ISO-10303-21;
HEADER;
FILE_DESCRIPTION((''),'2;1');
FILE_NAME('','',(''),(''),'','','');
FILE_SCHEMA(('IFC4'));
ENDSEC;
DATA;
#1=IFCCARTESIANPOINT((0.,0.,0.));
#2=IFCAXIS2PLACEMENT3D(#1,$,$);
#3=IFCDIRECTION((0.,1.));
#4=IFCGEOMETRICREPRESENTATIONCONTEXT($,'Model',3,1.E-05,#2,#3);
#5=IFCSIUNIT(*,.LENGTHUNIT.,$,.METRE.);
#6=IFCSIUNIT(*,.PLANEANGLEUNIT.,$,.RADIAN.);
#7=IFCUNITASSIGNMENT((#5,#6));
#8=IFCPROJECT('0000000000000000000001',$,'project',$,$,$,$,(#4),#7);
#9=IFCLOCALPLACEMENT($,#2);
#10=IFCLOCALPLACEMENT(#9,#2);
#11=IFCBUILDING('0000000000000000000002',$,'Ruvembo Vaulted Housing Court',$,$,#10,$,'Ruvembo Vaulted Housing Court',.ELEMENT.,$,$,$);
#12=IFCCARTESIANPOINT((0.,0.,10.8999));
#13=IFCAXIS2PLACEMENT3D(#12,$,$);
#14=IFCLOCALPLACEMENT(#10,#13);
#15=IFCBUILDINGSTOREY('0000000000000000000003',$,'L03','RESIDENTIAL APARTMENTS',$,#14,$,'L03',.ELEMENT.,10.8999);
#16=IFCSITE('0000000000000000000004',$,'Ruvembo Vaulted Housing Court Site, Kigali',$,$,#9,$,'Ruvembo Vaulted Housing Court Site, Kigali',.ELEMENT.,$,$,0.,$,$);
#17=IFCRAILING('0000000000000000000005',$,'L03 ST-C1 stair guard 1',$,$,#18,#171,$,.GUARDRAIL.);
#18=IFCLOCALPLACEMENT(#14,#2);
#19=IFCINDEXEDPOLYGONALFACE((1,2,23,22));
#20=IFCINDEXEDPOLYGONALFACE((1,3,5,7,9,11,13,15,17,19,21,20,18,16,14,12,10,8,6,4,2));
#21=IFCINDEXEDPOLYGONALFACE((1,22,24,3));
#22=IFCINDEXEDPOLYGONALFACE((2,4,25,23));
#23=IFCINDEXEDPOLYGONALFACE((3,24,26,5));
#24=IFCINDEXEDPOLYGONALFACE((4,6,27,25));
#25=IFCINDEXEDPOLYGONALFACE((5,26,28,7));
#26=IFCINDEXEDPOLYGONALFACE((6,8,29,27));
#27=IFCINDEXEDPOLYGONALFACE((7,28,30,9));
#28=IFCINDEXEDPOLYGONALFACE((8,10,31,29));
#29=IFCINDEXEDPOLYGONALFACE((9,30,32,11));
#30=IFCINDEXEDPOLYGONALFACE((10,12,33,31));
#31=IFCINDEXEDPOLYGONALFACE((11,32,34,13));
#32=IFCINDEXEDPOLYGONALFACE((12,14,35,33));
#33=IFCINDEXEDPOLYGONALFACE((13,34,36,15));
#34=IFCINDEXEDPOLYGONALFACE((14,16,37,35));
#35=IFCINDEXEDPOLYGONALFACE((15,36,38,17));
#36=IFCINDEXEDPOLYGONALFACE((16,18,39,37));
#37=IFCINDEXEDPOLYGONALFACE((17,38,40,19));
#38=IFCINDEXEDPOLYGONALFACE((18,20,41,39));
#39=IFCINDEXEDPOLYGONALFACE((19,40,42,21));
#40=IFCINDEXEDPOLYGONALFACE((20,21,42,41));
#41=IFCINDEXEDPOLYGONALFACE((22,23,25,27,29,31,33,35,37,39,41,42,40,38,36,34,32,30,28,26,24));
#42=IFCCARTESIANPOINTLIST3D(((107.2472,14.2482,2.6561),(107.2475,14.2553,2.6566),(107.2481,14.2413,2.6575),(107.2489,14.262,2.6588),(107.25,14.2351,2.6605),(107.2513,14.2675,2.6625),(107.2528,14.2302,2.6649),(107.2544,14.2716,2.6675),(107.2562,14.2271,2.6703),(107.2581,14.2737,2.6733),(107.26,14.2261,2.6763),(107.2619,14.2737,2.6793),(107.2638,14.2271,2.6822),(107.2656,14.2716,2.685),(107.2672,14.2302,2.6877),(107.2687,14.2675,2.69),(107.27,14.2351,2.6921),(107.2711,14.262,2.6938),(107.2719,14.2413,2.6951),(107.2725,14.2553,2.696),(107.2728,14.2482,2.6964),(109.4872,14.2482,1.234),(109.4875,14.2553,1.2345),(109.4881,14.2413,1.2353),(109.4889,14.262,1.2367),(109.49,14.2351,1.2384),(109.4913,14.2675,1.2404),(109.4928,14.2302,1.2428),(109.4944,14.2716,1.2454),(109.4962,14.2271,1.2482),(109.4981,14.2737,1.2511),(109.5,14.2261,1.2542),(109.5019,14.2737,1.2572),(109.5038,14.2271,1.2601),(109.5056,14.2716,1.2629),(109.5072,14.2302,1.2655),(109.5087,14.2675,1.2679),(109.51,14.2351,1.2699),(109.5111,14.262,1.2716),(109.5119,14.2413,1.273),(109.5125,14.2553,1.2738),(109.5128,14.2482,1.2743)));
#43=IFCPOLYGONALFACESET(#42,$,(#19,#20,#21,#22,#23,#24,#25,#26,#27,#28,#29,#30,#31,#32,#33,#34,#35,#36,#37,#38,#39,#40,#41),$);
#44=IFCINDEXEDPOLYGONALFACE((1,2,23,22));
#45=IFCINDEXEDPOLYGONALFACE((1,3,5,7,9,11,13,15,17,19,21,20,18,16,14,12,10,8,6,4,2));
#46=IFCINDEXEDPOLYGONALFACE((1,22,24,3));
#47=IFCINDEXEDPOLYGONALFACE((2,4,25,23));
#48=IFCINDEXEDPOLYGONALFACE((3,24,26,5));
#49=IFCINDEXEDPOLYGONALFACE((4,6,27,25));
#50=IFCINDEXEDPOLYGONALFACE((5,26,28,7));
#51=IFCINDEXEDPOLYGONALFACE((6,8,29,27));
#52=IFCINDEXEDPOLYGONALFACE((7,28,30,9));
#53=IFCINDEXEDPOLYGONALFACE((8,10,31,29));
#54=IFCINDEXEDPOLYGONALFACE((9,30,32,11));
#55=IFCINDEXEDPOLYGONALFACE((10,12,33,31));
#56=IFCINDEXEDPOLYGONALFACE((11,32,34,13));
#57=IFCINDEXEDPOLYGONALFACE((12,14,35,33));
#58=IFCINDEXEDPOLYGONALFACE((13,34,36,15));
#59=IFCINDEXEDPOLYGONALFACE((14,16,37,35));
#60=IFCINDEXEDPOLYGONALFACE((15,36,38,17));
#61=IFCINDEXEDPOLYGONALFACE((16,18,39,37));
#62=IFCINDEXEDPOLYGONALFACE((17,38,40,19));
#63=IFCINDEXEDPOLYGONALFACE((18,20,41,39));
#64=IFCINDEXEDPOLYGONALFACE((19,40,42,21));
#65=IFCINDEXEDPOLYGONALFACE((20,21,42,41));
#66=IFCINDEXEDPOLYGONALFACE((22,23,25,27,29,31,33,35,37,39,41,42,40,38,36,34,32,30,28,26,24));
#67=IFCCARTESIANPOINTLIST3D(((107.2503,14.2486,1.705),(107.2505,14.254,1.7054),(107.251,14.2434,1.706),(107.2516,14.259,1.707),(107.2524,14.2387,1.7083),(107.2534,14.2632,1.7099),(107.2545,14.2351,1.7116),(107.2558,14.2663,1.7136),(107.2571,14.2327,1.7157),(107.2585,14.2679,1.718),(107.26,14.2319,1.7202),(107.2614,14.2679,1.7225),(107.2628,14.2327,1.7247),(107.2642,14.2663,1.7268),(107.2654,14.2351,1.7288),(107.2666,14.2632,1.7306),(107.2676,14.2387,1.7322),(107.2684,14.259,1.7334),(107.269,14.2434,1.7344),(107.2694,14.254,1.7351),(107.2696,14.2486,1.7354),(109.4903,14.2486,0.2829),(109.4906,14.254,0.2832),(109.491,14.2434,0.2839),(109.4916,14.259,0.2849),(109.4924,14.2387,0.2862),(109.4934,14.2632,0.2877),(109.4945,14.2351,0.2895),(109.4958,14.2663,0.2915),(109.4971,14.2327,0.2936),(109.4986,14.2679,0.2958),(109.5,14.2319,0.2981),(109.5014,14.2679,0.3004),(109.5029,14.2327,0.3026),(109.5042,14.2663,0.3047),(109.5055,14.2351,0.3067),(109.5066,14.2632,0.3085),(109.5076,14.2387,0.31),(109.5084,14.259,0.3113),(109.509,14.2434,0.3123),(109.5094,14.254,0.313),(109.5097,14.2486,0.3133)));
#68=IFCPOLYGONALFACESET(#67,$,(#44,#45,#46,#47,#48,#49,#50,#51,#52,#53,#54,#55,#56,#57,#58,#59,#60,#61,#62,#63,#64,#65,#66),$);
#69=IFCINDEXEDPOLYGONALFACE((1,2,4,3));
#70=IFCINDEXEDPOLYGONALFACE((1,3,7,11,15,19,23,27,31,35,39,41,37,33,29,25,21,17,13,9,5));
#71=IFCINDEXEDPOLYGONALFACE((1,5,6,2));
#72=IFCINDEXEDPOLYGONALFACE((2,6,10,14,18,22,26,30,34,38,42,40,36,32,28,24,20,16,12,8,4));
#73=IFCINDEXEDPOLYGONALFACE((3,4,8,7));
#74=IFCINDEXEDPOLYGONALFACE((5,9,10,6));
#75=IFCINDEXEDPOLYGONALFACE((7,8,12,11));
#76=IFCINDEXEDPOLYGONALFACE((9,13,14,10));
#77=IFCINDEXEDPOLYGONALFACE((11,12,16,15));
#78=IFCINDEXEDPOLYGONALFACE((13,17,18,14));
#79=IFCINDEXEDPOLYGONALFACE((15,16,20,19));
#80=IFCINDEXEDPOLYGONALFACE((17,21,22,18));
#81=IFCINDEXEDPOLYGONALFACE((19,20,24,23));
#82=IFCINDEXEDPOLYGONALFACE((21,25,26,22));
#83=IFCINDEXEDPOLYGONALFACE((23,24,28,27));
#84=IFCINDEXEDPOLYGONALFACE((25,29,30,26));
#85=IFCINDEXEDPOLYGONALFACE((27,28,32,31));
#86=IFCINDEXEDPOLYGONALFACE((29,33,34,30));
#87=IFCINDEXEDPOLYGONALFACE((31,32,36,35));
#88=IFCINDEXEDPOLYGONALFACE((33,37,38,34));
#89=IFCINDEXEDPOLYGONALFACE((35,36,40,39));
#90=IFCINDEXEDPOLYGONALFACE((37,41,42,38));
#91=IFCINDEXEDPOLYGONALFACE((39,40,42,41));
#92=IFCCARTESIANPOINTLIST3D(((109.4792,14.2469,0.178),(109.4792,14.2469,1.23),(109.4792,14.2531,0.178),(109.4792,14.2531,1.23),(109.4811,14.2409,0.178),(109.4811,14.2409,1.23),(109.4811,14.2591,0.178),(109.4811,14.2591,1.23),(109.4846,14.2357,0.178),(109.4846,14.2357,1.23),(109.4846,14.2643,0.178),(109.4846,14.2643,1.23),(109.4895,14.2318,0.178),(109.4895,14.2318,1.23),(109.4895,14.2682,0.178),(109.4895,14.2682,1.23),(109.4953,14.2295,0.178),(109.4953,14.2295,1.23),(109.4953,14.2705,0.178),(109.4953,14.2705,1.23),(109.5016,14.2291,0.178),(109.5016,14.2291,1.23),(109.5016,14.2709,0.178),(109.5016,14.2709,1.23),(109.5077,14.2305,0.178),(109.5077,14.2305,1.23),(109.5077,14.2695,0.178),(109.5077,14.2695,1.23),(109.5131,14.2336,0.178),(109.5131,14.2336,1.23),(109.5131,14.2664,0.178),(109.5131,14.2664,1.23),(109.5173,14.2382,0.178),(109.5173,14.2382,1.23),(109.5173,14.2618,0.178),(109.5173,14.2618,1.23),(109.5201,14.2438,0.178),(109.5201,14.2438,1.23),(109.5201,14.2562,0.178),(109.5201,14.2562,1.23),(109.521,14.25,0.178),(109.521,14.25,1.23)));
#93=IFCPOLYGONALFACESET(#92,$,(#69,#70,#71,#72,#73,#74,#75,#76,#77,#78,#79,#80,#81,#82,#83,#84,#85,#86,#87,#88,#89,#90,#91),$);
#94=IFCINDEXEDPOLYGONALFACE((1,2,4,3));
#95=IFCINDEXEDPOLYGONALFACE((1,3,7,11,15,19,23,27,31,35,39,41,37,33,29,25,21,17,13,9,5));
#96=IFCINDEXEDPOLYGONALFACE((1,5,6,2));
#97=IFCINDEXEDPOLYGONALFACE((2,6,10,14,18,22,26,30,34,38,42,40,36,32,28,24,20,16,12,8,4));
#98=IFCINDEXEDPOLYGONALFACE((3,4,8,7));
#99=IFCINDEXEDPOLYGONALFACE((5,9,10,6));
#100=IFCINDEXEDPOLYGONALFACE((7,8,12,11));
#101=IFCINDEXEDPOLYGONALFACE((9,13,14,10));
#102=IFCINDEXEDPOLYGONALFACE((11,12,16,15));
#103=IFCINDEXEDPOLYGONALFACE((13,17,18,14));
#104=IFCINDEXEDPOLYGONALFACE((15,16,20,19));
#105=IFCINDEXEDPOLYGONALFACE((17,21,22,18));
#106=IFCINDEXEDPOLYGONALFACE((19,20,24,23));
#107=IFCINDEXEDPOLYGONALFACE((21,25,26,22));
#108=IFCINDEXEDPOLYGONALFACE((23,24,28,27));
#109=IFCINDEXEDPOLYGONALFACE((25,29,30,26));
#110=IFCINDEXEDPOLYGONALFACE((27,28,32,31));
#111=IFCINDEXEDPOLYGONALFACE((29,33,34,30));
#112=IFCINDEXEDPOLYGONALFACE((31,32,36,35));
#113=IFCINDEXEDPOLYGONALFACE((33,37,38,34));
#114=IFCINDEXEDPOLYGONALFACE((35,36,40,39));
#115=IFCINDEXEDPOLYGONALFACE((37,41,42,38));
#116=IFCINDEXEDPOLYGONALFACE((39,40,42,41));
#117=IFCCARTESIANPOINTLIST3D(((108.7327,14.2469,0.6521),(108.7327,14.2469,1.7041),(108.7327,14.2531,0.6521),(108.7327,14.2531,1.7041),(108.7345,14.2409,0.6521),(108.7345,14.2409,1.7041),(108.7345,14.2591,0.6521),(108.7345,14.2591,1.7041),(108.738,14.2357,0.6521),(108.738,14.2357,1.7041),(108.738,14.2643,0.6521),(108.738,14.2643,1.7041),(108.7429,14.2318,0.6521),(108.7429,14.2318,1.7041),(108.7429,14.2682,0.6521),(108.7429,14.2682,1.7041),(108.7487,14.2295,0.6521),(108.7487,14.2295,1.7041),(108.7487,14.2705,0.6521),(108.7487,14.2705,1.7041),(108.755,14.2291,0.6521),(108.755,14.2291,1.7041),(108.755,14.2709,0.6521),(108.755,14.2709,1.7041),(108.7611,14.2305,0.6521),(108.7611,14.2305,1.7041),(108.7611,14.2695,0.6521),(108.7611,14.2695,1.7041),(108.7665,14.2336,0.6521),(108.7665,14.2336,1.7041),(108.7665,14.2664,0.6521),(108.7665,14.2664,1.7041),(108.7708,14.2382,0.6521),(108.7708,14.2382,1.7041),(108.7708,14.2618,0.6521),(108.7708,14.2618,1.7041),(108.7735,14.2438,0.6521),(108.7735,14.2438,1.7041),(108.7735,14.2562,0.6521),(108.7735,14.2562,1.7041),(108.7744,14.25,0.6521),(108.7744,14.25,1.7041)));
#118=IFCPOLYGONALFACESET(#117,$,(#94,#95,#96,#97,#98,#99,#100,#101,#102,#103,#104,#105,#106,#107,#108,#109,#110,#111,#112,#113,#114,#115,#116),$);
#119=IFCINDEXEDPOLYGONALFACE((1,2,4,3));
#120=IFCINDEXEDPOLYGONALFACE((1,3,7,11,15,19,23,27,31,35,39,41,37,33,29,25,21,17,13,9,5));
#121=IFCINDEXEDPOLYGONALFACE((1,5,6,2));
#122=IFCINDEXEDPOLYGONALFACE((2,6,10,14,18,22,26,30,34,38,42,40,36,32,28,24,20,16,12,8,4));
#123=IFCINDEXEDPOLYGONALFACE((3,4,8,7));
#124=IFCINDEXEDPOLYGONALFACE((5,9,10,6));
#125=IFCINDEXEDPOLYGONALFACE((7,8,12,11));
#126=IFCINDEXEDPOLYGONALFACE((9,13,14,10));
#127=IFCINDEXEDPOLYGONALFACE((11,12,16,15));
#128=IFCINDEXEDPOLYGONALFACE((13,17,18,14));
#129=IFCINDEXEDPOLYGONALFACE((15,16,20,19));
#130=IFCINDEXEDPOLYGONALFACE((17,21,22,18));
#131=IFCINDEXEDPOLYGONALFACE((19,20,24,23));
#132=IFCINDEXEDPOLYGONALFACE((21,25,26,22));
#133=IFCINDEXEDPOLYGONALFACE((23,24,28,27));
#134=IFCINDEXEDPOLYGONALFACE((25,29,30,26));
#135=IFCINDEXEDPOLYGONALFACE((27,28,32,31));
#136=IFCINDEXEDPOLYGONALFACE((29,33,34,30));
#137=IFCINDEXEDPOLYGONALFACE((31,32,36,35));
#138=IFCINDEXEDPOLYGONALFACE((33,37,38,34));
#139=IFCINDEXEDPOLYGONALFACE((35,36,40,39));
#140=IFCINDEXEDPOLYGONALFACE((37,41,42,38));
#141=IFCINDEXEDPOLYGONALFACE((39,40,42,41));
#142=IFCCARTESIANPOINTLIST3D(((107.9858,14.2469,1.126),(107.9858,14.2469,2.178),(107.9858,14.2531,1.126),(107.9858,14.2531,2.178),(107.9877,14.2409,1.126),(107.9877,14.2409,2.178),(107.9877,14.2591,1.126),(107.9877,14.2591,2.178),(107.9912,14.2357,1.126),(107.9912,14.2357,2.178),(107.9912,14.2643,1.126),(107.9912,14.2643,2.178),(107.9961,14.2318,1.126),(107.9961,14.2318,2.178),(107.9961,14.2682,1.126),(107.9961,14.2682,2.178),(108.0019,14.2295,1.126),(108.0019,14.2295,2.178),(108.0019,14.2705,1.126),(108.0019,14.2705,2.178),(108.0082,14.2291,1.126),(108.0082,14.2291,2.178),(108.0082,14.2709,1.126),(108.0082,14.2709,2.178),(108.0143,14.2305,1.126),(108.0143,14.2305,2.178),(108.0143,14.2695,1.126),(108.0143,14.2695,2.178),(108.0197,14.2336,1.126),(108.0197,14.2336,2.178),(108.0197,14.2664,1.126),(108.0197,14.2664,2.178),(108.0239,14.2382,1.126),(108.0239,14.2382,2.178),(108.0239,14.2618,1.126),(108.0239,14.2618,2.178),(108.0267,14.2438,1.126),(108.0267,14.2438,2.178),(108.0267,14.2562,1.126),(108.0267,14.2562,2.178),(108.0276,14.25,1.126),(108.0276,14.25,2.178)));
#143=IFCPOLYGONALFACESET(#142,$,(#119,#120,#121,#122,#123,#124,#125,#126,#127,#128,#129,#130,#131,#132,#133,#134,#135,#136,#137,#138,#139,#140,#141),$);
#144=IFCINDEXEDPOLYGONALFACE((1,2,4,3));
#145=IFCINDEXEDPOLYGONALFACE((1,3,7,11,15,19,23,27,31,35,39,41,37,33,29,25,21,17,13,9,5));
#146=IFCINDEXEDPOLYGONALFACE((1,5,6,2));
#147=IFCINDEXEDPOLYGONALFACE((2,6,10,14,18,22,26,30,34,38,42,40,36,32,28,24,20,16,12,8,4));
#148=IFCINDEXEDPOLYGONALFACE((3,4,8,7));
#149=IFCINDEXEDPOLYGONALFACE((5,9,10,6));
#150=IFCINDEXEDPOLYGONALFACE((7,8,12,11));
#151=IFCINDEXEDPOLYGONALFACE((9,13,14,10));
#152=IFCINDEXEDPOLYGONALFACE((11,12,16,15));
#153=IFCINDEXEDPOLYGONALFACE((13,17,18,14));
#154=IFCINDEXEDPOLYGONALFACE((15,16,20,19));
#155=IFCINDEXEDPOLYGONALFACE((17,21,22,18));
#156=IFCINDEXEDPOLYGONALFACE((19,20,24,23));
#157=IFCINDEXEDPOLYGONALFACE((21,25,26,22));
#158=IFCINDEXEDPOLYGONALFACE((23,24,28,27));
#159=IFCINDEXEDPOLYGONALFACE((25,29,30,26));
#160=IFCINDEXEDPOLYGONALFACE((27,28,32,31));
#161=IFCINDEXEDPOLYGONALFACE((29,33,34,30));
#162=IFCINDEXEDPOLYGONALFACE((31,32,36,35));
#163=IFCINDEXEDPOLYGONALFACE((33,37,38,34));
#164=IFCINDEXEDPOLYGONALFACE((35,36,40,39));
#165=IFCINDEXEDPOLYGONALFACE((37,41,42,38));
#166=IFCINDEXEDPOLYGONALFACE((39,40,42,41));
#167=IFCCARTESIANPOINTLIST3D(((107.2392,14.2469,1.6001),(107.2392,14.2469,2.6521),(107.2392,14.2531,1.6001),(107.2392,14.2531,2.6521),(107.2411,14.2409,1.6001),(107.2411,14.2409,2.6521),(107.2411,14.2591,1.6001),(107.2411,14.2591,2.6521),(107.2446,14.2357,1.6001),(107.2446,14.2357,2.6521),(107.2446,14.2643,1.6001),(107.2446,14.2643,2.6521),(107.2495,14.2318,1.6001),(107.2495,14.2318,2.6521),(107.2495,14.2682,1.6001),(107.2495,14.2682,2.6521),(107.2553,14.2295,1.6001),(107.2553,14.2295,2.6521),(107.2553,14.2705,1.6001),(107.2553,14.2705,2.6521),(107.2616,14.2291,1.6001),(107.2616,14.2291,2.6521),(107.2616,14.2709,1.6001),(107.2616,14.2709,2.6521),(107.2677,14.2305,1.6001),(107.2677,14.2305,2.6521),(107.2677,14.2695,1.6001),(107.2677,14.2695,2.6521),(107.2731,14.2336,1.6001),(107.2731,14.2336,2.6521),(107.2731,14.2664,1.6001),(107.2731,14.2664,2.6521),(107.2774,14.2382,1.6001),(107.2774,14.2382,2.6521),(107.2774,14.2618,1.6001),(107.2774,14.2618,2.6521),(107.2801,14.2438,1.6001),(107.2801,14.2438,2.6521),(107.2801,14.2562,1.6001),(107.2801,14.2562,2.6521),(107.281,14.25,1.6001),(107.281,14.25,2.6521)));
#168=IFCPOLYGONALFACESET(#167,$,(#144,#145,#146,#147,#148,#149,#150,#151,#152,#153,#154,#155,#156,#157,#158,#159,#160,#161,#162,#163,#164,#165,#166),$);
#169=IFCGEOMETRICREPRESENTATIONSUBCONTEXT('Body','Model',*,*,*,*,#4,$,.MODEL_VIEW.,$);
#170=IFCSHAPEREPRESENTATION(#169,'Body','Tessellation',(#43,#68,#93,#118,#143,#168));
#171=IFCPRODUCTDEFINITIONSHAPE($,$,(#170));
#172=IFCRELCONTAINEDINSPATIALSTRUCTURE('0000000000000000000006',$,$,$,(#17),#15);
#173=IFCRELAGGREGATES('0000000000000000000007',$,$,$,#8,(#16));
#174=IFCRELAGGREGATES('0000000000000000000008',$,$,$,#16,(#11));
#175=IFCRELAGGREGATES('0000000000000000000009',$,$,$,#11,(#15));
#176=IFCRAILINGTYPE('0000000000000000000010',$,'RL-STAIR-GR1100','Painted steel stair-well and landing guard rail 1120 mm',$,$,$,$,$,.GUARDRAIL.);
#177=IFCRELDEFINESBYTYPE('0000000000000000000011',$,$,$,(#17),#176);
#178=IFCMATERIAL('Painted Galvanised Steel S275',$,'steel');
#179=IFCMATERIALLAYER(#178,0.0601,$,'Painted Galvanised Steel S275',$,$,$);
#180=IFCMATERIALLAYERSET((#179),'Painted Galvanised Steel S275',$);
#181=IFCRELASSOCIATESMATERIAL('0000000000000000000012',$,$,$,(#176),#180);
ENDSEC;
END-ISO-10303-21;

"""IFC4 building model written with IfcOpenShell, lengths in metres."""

from ifc_helpers import new_model, si_unit, direction, frame, origin, origin_2d, place, context, subcontext, project, spatial, circle, extrude, material, layer, layer_set, type_object, element, save


model = new_model("IFC4")

# Units and contexts
model_context = context("Model", 3, precision=1e-05, world=origin(), true_north=direction((0.0, 1.0)))
body_context = subcontext(model_context, "Body", "Model", "MODEL_VIEW")
ifc_project = project(units=[si_unit("LENGTHUNIT", "METRE"), si_unit("PLANEANGLEUNIT", "RADIAN")], contexts=[model_context])

# Site, building, storey
site_placement = place(None, origin())
site = spatial("IfcSite", under=ifc_project, at=site_placement, Name="Ruvembo Vaulted Housing Court Site, Kigali", LongName="Ruvembo Vaulted Housing Court Site, Kigali", CompositionType="ELEMENT", RefElevation=0.0)
building_placement = place(site_placement, origin())
building = spatial("IfcBuilding", under=site, at=building_placement, Name="Ruvembo Vaulted Housing Court", LongName="Ruvembo Vaulted Housing Court", CompositionType="ELEMENT")
storey_placement = place(building_placement, frame((0.0, 0.0, 10.8999)))
storey = spatial("IfcBuildingStorey", under=building, at=storey_placement, Name="L03", Description="RESIDENTIAL APARTMENTS", LongName="L03", CompositionType="ELEMENT", Elevation=10.8999)

# Railing
ifc_material_1 = material(Name="Painted Galvanised Steel S275", Category="steel")
ifc_layer_1 = layer(ifc_material_1, 0.0601, Name="Painted Galvanised Steel S275")
ifc_layer_set_1 = layer_set([ifc_layer_1], Name="Painted Galvanised Steel S275")
railing_type_1 = type_object("IfcRailingType", Name="RL-STAIR-GR1100", Description="Painted steel stair-well and landing guard rail 1120 mm", PredefinedType="GUARDRAIL", material=ifc_layer_set_1)
railing_1_placement = place(storey_placement, frame((109.5, 14.25, 0.178)))
element("IfcRailing", 1, at=railing_1_placement, inside=storey, type_object=railing_type_1, Name="L03 ST-C1 stair guard 1", PredefinedType="GUARDRAIL", context=body_context, shape_type="SweptSolid", body=[
    extrude(circle(Radius=0.0239, at=origin_2d()), frame((0.0, 0.0, 1.0762), z_axis=(-0.844229, 0.0, 0.535982), x_axis=(0.0, -1.0, 0.0)), (0.0, 0.0, 1.0), 2.6533),
    extrude(circle(Radius=0.0181, at=origin_2d()), frame((0.0, 0.0, 0.1201), z_axis=(-0.844229, 0.0, 0.535982), x_axis=(0.0, -1.0, 0.0)), (0.0, 0.0, 1.0), 2.6533),
    extrude(circle(Radius=0.021, at=origin_2d()), origin(), (0.0, 0.0, 1.0), 1.052),
    extrude(circle(Radius=0.021, at=origin_2d()), frame((-0.7466, 0.0, 0.4741)), (0.0, 0.0, 1.0), 1.052),
    extrude(circle(Radius=0.021, at=origin_2d()), frame((-1.4934, 0.0, 0.948)), (0.0, 0.0, 1.0), 1.052),
    extrude(circle(Radius=0.021, at=origin_2d()), frame((-2.24, 0.0, 1.4221)), (0.0, 0.0, 1.0), 1.052),
])

save(model, "model.ifc")
